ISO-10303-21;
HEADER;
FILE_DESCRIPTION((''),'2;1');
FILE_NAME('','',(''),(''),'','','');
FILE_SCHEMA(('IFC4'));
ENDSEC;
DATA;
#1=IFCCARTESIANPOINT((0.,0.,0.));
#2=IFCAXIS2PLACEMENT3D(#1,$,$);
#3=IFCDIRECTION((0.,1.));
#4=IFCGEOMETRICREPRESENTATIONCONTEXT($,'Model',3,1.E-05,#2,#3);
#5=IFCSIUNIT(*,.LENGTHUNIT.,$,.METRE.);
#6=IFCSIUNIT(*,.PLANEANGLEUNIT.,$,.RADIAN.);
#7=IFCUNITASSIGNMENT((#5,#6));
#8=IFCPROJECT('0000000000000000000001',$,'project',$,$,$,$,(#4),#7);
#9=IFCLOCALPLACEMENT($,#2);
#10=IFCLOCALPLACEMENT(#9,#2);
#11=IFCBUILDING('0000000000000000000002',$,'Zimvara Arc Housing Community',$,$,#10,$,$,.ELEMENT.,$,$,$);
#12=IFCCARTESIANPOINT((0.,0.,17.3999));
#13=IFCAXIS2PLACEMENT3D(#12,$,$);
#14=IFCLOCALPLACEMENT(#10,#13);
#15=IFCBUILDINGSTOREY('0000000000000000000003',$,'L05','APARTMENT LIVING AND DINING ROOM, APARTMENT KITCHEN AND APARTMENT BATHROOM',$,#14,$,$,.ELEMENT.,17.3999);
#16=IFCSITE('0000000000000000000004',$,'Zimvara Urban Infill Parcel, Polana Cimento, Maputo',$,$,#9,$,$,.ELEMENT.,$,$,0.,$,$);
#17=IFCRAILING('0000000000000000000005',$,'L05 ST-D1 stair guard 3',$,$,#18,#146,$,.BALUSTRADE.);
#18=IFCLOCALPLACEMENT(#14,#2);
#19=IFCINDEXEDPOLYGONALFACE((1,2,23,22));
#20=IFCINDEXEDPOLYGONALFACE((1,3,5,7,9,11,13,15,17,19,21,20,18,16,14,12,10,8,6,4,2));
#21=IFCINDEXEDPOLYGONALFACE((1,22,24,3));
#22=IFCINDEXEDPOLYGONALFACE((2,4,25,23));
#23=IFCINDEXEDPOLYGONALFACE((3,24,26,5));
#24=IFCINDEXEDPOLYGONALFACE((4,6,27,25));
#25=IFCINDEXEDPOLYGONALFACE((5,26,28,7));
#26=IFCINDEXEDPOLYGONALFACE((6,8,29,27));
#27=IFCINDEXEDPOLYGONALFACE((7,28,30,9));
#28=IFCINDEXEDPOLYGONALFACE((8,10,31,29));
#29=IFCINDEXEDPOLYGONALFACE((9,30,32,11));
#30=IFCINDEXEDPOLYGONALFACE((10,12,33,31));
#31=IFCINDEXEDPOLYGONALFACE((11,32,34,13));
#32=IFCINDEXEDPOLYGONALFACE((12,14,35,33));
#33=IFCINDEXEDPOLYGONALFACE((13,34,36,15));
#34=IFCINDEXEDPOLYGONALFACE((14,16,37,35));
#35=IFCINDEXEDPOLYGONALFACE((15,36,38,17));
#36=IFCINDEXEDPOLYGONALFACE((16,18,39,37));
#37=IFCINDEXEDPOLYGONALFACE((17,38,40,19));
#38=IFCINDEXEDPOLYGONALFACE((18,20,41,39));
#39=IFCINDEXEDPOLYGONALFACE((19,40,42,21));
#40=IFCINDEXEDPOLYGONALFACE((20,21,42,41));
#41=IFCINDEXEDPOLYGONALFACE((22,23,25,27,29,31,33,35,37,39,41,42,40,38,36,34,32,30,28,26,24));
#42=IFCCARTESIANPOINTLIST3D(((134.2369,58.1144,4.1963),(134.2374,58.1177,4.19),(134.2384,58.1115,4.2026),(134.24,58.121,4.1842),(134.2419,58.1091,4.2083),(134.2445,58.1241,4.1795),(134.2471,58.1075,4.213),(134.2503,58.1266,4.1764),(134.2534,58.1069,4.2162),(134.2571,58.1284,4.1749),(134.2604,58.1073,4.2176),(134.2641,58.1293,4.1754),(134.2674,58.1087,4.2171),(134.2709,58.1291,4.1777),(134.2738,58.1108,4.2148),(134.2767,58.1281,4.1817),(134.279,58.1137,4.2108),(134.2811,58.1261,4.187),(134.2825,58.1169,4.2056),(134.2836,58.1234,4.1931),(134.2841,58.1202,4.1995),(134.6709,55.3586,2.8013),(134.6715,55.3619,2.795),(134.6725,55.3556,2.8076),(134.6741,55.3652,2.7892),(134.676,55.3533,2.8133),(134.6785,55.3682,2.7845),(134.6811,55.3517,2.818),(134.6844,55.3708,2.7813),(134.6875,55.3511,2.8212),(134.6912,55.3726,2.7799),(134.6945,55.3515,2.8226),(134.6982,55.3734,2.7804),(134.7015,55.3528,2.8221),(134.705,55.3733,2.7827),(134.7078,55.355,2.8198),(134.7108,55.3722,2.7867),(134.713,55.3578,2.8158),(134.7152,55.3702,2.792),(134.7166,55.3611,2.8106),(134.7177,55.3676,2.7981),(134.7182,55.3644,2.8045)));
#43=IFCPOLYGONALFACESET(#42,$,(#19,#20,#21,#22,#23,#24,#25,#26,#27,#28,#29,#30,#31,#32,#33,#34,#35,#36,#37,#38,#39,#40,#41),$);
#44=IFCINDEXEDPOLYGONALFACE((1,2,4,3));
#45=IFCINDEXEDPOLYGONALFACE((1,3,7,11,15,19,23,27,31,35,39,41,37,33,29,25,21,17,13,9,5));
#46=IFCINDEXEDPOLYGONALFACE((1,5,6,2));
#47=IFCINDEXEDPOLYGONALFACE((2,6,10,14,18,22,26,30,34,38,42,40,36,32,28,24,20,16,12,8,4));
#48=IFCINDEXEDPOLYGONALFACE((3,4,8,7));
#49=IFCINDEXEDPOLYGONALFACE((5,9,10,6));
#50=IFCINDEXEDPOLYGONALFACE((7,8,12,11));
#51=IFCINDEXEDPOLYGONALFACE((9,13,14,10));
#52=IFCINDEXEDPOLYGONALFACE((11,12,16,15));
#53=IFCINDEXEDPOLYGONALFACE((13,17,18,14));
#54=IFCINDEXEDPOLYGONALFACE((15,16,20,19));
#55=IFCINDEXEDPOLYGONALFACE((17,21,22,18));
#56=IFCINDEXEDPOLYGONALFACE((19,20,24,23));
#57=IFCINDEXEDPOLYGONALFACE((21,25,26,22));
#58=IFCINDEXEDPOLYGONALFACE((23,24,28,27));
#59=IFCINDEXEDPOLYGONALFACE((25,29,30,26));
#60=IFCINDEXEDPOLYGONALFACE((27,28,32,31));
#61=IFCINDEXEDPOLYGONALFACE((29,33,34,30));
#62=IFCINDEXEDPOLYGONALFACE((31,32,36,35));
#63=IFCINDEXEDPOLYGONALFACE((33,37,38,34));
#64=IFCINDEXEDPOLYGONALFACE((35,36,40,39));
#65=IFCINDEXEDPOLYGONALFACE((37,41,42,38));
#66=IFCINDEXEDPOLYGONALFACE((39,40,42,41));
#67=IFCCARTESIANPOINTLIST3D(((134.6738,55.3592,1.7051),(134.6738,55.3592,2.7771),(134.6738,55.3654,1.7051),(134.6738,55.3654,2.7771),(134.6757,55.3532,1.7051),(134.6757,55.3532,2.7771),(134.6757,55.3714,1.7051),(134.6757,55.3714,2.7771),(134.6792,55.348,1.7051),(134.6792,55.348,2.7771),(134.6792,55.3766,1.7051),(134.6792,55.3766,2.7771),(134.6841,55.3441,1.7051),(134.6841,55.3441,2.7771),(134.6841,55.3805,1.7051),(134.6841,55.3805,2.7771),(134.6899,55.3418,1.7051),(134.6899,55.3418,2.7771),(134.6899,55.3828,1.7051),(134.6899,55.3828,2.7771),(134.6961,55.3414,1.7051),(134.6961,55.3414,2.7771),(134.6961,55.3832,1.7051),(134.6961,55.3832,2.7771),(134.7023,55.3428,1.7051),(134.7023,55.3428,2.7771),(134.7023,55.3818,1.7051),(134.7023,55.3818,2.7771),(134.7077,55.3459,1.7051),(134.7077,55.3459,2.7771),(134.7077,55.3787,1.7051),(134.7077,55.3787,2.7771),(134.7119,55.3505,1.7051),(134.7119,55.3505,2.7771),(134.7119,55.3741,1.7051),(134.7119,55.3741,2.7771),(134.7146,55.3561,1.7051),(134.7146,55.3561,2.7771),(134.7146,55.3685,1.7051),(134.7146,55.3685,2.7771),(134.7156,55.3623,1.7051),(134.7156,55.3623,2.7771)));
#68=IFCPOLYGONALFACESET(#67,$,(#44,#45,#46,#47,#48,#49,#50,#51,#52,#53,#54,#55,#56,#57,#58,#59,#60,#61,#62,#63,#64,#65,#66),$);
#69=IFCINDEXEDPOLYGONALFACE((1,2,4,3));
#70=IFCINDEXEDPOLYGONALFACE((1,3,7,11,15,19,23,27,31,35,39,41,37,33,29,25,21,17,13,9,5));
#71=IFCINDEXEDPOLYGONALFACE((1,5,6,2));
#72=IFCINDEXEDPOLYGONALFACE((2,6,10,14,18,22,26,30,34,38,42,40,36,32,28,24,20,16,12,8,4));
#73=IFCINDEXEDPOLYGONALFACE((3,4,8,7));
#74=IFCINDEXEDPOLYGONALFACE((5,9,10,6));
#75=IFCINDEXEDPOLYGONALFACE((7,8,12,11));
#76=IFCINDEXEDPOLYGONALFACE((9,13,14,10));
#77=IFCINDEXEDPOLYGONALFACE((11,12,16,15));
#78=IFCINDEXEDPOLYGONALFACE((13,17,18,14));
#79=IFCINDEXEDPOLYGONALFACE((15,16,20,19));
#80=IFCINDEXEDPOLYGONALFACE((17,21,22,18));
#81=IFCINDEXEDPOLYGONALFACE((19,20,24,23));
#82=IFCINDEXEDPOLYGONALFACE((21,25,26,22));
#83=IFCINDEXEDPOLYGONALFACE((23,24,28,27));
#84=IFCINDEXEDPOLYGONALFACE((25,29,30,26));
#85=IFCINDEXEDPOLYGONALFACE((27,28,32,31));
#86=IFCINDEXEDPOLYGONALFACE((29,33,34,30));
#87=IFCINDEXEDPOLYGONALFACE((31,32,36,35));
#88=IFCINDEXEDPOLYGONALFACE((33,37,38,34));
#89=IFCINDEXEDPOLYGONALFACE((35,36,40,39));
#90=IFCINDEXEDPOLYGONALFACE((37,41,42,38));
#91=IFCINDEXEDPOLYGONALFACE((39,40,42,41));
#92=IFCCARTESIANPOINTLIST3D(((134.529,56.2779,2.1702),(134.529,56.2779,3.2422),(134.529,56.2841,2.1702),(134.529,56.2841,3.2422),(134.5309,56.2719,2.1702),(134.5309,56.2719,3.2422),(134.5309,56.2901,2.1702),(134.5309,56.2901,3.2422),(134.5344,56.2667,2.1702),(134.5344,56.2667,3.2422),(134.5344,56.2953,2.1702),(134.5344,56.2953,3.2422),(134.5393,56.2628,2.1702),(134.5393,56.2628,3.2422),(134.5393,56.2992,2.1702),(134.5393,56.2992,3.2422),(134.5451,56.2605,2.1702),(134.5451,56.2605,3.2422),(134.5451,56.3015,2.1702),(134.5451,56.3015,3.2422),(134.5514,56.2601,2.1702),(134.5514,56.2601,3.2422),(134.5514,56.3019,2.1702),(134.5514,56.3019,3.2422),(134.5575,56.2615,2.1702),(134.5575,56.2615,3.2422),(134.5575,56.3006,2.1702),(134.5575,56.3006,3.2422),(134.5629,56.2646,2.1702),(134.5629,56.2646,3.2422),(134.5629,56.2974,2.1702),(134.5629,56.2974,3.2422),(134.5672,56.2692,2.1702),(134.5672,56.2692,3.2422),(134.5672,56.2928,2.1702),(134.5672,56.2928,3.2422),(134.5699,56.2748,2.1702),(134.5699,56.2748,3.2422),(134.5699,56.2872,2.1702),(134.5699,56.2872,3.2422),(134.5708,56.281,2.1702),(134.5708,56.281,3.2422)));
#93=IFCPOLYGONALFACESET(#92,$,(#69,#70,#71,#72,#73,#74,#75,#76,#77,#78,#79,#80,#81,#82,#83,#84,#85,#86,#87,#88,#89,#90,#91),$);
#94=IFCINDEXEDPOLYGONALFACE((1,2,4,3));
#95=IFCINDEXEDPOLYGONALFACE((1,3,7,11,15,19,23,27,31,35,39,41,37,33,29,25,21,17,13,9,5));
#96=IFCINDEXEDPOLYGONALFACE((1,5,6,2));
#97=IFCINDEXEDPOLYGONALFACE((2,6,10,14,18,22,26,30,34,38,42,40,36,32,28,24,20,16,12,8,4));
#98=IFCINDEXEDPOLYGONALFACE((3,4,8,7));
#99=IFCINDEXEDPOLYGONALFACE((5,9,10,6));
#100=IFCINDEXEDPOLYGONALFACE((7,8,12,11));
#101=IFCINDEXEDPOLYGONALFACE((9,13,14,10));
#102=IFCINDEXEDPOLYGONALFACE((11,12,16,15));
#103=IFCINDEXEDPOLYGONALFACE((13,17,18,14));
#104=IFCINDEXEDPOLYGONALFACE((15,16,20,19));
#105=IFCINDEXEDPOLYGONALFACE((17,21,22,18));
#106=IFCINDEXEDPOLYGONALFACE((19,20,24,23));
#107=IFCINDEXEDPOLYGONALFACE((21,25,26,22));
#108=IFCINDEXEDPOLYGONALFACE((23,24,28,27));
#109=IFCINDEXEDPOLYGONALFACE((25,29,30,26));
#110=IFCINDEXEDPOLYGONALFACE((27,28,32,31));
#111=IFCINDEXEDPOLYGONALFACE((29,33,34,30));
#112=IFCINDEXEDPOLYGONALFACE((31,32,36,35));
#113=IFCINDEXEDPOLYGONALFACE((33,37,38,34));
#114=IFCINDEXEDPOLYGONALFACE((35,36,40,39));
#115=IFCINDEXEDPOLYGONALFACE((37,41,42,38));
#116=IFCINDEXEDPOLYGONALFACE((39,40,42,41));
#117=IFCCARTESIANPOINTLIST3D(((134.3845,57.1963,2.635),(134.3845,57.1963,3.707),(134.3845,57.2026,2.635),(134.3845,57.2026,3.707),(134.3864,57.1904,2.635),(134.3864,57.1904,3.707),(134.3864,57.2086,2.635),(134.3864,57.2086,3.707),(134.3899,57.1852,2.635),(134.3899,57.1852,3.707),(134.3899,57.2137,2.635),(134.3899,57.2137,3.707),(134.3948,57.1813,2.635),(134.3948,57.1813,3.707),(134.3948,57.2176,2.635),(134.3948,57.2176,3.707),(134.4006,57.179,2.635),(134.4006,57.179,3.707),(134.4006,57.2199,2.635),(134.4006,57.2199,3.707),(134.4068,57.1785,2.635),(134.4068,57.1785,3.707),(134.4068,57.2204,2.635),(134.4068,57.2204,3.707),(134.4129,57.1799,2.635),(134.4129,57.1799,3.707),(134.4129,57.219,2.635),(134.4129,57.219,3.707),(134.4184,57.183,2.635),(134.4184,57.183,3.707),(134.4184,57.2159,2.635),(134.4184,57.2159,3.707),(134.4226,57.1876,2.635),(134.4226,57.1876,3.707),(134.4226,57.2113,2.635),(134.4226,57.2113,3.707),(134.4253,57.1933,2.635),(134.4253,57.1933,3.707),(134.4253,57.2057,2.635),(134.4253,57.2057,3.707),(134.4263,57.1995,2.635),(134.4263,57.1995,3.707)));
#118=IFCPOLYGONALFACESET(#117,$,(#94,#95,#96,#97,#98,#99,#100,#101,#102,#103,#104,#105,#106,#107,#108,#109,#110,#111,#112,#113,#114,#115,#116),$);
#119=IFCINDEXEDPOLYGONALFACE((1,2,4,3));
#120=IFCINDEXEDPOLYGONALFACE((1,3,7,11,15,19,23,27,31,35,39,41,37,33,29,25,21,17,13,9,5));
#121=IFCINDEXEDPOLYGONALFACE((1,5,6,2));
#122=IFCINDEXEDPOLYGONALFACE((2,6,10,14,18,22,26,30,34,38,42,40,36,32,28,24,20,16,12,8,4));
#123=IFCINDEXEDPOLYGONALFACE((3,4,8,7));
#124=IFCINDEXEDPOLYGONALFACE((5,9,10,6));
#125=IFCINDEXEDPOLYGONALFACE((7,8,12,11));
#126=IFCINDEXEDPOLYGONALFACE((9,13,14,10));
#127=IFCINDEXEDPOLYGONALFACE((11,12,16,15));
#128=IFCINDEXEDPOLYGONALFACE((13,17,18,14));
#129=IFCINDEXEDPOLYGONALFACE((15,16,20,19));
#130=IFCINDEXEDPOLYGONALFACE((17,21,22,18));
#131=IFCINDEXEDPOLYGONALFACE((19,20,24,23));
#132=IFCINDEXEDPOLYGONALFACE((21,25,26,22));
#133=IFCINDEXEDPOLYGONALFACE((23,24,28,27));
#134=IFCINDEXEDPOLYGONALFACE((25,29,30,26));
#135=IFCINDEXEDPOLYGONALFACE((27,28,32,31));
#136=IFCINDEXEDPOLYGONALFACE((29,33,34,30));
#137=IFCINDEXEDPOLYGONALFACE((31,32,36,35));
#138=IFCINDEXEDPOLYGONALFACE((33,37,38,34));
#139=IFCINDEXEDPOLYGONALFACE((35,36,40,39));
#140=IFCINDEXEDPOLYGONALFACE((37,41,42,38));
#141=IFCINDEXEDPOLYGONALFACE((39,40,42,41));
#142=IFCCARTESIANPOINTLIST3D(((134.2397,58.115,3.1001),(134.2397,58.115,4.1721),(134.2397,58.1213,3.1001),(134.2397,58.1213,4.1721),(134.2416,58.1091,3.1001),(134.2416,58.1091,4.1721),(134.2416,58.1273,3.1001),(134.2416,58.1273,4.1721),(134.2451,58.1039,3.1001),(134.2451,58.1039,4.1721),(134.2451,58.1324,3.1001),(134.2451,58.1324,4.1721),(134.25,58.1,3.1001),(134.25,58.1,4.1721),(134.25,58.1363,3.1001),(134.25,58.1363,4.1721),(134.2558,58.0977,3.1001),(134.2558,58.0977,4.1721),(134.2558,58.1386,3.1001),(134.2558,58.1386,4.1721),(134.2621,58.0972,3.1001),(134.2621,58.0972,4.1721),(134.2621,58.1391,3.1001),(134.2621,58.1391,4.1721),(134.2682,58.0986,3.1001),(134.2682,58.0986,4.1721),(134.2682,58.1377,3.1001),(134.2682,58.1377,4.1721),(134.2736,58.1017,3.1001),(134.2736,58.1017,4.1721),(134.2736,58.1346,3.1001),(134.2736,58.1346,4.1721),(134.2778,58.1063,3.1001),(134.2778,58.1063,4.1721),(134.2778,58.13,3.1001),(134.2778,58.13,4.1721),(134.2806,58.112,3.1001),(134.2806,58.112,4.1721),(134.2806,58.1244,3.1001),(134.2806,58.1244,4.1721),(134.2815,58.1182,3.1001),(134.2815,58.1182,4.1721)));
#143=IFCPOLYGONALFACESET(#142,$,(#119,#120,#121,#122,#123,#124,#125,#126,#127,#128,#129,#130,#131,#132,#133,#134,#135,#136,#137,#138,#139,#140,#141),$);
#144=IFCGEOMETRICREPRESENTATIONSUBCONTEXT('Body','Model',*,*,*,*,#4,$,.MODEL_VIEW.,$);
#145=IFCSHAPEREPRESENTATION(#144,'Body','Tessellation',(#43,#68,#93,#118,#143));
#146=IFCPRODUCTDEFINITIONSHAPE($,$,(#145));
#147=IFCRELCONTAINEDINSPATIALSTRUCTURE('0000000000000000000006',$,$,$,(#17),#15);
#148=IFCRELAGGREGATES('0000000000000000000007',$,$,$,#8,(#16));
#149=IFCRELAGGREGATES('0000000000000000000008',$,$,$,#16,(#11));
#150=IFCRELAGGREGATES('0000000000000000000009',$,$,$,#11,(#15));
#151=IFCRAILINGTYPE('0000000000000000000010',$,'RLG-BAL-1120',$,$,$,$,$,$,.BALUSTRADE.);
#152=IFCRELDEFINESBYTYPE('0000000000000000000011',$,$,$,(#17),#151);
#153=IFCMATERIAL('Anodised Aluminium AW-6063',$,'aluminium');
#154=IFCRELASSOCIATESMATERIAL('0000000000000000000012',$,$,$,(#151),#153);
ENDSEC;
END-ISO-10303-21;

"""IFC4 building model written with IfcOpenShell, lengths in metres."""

from ifc_helpers import new_model, si_unit, direction, frame, origin, origin_2d, place, context, subcontext, project, spatial, circle, extrude, material, type_object, element, save


model = new_model("IFC4")

# Units and contexts
model_context = context("Model", 3, precision=1e-05, world=origin(), true_north=direction((0.0, 1.0)))
body_context = subcontext(model_context, "Body", "Model", "MODEL_VIEW")
ifc_project = project(units=[si_unit("LENGTHUNIT", "METRE"), si_unit("PLANEANGLEUNIT", "RADIAN")], contexts=[model_context])

# Site, building, storey
site_placement = place(None, origin())
site = spatial("IfcSite", under=ifc_project, at=site_placement, Name="Zimvara Urban Infill Parcel, Polana Cimento, Maputo", CompositionType="ELEMENT", RefElevation=0.0)
building_placement = place(site_placement, origin())
building = spatial("IfcBuilding", under=site, at=building_placement, Name="Zimvara Arc Housing Community", CompositionType="ELEMENT")
storey_placement = place(building_placement, frame((0.0, 0.0, 17.3999)))
storey = spatial("IfcBuildingStorey", under=building, at=storey_placement, Name="L05", Description="APARTMENT LIVING AND DINING ROOM, APARTMENT KITCHEN AND APARTMENT BATHROOM", CompositionType="ELEMENT", Elevation=17.3999)

# Railing
ifc_material_1 = material(Name="Anodised Aluminium AW-6063", Category="aluminium")
railing_type_1 = type_object("IfcRailingType", Name="RLG-BAL-1120", PredefinedType="BALUSTRADE", material=ifc_material_1)
railing_1_placement = place(storey_placement, frame((134.6946, 55.3623, 1.7051)))
element("IfcRailing", 1, at=railing_1_placement, inside=storey, type_object=railing_type_1, Name="L05 ST-D1 stair guard 3", PredefinedType="BALUSTRADE", context=body_context, shape_type="SweptSolid", body=[
    extrude(circle(Radius=0.0239, at=origin_2d()), frame((0.0, 0.0, 1.0962), z_axis=(-0.139166, 0.883521, 0.44724), x_axis=(-0.987821, -0.155594, 0.0)), (0.0, 0.0, 1.0), 3.1191),
    extrude(circle(Radius=0.021, at=origin_2d()), origin(), (0.0, 0.0, 1.0), 1.072),
    extrude(circle(Radius=0.021, at=origin_2d()), frame((-0.1448, 0.9187, 0.4651)), (0.0, 0.0, 1.0), 1.072),
    extrude(circle(Radius=0.021, at=origin_2d()), frame((-0.2893, 1.8372, 0.9299)), (0.0, 0.0, 1.0), 1.072),
    extrude(circle(Radius=0.021, at=origin_2d()), frame((-0.4341, 2.7559, 1.395)), (0.0, 0.0, 1.0), 1.072),
])

save(model, "model.ifc")
